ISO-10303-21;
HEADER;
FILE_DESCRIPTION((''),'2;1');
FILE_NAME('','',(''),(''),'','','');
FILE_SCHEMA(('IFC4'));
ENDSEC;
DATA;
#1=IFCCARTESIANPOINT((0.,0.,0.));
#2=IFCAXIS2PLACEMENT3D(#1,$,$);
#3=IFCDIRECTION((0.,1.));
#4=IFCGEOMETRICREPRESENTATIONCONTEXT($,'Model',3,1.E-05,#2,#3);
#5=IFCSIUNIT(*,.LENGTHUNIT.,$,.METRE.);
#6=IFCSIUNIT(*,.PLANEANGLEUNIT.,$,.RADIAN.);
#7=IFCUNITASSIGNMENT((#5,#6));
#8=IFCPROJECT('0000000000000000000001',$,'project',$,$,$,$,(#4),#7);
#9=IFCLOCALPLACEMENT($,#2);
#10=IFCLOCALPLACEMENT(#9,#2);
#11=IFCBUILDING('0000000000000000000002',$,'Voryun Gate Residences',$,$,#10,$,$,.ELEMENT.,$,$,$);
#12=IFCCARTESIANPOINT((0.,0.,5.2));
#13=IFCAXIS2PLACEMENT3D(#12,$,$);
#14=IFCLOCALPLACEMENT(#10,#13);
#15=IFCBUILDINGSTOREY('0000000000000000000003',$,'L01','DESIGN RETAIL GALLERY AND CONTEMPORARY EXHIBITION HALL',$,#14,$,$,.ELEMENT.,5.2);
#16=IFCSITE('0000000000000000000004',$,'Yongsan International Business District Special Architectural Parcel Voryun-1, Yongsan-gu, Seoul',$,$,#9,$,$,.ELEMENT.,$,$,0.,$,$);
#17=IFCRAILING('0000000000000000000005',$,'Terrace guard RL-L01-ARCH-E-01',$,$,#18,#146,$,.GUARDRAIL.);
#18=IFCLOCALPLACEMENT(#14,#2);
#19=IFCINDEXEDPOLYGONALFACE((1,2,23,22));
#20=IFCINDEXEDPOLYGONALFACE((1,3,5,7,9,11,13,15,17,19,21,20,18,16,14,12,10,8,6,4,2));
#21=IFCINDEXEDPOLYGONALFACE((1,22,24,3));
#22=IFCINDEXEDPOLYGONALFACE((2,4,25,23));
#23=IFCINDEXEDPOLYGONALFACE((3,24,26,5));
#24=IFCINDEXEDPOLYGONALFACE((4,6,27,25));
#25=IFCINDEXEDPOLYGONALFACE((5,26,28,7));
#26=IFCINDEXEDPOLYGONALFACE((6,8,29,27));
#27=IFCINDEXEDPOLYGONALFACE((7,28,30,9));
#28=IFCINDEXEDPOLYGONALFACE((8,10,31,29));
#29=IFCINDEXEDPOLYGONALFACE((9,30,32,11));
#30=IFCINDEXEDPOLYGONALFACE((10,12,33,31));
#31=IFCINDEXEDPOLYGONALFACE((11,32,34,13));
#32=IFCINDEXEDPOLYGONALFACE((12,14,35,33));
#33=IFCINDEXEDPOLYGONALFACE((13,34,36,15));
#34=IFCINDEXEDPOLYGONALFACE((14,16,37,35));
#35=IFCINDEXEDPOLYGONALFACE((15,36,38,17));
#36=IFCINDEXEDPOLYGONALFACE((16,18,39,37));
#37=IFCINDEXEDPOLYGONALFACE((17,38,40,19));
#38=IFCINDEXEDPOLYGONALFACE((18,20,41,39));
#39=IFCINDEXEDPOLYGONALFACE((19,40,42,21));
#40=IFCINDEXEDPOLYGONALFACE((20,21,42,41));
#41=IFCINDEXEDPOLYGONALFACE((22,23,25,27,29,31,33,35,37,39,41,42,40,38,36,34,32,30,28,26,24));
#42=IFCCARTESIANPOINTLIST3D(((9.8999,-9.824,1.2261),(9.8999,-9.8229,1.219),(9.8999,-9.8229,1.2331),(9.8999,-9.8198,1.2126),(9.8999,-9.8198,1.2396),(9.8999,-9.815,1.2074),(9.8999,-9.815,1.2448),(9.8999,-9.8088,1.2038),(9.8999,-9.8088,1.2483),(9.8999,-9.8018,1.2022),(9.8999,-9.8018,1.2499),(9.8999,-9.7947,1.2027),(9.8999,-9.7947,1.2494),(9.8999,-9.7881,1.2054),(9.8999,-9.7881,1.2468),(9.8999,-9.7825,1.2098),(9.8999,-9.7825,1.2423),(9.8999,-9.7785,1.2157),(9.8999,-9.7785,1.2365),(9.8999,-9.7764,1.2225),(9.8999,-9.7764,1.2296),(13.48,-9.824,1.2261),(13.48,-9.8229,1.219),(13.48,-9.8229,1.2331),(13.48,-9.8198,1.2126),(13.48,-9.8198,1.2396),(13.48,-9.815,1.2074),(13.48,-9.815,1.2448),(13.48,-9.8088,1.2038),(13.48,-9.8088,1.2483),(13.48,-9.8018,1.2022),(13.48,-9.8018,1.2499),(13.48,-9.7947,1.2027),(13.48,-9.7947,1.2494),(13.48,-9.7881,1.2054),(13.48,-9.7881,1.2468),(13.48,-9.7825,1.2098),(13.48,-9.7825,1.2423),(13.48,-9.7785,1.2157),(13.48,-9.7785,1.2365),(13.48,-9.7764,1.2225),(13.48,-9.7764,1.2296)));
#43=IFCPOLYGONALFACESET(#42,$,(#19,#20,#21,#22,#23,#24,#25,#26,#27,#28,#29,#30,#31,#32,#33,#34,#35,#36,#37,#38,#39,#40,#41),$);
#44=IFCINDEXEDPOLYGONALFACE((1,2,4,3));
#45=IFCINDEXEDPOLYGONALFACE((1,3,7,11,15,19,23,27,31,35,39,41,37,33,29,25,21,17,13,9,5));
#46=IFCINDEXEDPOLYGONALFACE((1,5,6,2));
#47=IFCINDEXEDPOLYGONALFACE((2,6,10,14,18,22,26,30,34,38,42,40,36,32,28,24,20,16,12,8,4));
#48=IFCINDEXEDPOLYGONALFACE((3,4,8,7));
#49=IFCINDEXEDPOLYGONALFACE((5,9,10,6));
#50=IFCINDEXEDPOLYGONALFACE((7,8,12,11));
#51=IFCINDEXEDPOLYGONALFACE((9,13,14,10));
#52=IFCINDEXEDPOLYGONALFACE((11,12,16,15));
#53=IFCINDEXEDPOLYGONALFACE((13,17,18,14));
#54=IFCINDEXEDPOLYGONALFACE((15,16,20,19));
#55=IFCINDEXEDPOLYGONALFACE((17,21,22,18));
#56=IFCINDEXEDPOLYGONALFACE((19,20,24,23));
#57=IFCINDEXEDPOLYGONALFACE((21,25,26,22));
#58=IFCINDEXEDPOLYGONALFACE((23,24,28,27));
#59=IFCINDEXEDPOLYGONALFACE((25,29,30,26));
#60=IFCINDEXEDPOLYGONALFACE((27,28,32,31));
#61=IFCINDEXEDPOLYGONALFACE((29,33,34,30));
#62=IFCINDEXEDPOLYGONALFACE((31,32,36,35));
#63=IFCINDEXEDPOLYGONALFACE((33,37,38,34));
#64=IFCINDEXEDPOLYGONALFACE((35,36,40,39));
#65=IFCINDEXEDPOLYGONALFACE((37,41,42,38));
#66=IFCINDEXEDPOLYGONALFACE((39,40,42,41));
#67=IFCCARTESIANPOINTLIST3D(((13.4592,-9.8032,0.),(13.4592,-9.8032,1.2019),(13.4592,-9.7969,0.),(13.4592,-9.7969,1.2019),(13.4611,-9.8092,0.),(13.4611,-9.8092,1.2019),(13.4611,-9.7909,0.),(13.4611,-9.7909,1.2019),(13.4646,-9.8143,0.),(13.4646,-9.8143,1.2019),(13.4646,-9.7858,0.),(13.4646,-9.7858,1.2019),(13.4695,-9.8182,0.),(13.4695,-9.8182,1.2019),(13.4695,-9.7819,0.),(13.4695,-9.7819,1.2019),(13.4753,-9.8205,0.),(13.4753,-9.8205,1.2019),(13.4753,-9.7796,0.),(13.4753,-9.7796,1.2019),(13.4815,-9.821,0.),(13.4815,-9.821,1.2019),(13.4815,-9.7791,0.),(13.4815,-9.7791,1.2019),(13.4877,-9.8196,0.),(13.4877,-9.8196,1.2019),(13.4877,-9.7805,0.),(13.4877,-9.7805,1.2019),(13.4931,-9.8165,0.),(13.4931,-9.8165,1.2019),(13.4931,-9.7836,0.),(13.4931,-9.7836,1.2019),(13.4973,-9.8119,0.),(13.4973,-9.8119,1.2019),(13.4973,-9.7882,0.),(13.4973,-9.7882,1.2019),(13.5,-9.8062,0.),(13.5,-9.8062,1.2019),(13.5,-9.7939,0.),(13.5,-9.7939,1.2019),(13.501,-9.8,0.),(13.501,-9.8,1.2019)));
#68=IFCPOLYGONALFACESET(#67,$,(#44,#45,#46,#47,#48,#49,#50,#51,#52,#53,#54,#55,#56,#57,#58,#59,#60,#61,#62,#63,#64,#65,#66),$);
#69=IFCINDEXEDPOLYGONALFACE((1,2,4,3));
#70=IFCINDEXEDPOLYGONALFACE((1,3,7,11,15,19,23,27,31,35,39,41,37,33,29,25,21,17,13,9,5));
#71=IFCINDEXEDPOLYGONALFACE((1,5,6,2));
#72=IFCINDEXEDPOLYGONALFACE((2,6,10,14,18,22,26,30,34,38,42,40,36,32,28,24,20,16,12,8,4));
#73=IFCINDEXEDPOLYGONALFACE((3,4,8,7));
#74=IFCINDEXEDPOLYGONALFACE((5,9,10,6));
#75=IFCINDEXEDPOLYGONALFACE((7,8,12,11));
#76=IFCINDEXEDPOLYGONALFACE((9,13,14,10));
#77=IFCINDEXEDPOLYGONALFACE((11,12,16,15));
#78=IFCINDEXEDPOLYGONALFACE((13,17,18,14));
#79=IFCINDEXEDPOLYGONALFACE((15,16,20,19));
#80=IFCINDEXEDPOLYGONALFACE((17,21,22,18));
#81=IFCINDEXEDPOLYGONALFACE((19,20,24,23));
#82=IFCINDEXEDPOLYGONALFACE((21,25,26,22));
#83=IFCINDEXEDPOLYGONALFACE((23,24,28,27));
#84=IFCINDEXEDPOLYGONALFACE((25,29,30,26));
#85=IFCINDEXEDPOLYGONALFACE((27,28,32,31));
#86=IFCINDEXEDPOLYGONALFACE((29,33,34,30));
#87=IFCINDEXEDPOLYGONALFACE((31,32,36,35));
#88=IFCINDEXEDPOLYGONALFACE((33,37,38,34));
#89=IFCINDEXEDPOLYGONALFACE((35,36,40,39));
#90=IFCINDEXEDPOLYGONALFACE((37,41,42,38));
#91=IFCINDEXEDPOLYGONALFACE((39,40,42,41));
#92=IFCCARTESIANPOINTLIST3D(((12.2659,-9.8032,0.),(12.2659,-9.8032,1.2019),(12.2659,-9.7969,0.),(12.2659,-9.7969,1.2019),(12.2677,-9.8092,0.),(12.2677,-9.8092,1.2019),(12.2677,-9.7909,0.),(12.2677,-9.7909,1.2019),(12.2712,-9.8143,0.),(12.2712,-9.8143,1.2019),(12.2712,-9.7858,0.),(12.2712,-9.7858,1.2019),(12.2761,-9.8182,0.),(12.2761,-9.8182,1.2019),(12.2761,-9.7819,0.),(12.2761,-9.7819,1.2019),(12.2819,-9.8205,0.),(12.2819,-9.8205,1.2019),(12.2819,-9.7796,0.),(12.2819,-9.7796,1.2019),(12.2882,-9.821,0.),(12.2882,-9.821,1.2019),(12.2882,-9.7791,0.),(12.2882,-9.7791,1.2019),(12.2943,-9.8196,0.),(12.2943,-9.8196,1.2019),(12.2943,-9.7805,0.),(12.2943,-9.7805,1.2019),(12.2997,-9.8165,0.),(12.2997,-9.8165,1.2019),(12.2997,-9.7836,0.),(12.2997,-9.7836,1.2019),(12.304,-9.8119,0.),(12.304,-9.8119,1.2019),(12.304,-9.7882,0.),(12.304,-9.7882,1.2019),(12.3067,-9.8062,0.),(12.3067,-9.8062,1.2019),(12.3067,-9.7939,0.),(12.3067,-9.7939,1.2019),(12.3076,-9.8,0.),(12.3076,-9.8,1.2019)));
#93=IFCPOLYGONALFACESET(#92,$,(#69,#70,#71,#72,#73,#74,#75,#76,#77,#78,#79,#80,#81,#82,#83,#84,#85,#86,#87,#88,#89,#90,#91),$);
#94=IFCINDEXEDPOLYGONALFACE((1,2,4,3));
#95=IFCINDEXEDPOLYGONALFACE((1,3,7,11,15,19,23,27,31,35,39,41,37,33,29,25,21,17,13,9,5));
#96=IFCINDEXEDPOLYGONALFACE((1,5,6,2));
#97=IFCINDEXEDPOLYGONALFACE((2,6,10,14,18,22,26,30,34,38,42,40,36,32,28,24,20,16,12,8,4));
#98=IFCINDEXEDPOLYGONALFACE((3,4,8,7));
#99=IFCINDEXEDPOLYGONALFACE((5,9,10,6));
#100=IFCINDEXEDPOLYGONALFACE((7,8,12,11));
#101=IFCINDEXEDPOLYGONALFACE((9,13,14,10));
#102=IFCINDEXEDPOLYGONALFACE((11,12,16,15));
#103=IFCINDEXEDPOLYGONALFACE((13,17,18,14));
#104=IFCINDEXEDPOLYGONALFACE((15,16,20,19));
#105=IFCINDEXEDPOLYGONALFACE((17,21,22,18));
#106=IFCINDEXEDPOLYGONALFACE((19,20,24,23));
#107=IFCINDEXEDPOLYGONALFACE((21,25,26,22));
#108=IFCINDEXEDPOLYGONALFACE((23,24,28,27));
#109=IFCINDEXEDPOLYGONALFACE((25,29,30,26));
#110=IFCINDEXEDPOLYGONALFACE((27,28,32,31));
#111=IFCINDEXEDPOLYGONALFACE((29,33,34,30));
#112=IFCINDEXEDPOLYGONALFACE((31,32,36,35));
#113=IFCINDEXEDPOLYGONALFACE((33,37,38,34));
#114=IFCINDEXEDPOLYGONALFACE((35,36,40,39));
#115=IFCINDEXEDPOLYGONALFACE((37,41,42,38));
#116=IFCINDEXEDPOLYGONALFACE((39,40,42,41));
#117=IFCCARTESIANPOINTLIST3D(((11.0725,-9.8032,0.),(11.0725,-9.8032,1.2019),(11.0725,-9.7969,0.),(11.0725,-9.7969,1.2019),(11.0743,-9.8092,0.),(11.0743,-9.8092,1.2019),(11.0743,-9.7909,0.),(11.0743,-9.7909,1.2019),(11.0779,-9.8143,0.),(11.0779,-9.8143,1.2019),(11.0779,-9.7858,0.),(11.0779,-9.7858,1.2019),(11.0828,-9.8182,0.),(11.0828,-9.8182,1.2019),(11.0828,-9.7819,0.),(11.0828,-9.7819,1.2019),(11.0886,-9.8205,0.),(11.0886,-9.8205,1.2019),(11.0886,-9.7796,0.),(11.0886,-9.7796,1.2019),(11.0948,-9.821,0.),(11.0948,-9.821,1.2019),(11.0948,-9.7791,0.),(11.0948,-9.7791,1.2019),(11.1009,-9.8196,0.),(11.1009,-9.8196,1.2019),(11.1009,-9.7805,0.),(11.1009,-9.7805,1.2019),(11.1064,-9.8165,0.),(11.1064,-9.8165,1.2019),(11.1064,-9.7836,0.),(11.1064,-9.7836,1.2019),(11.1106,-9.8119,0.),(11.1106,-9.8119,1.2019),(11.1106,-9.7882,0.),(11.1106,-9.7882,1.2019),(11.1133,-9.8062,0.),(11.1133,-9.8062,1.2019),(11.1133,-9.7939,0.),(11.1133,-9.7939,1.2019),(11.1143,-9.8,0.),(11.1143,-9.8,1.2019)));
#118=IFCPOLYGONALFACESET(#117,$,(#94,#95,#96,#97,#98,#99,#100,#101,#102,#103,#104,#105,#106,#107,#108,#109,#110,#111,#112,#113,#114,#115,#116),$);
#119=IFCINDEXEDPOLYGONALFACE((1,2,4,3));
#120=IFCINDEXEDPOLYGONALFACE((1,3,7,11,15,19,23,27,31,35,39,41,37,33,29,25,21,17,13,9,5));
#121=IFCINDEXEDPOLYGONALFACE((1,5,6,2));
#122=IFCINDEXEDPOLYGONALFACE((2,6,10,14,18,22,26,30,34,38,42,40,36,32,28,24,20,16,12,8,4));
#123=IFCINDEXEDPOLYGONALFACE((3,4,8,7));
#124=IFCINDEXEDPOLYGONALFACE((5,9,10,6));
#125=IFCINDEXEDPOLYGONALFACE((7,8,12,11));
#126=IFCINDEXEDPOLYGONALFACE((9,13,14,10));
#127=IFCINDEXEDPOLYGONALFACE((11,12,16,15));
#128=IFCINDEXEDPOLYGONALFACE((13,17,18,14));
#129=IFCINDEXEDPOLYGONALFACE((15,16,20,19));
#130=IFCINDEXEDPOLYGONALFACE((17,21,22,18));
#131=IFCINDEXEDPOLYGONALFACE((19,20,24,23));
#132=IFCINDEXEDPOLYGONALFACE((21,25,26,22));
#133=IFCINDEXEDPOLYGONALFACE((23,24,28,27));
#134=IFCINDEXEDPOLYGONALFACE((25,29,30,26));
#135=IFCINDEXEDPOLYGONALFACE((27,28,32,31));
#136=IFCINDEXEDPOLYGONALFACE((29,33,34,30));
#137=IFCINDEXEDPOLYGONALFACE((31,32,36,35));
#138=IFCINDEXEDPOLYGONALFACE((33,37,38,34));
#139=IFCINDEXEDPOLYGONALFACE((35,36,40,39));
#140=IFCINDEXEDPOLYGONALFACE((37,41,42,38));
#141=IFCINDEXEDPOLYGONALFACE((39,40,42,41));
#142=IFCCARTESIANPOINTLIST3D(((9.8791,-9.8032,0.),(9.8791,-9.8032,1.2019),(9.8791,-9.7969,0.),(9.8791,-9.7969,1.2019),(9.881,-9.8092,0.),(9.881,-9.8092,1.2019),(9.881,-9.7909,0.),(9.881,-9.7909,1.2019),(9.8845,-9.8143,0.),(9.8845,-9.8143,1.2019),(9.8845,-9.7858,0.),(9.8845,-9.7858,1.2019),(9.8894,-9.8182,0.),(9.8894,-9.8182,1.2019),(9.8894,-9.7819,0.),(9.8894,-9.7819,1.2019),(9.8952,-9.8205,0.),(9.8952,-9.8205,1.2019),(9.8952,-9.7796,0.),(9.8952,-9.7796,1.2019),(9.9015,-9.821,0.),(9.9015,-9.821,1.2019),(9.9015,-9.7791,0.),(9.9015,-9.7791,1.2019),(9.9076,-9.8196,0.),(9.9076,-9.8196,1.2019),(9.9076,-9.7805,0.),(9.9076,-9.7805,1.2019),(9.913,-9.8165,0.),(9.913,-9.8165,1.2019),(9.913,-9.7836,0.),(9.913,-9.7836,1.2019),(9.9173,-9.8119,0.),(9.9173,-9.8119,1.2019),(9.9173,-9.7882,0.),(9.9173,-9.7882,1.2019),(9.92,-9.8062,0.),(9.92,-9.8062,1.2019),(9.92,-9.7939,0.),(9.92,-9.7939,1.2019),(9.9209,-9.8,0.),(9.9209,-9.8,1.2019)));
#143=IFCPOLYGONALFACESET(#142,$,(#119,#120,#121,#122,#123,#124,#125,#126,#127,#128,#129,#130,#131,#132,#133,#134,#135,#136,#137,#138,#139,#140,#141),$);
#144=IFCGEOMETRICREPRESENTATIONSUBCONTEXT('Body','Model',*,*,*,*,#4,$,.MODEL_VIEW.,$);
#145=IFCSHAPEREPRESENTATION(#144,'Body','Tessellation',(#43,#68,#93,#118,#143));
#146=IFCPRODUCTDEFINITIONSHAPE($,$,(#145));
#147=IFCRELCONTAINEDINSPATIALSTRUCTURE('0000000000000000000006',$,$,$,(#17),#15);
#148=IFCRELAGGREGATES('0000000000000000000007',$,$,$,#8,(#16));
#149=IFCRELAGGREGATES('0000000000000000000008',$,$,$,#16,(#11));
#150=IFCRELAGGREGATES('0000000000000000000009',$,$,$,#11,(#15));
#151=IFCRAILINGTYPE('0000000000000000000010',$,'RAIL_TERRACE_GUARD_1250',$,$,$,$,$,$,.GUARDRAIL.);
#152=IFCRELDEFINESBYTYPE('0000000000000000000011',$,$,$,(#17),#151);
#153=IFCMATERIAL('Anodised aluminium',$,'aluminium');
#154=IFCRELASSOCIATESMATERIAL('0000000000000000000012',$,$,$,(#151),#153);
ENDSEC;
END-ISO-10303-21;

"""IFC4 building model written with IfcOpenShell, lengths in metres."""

from ifc_helpers import new_model, si_unit, direction, frame, origin, origin_2d, place, context, subcontext, project, spatial, circle, extrude, material, type_object, element, save


model = new_model("IFC4")

# Units and contexts
model_context = context("Model", 3, precision=1e-05, world=origin(), true_north=direction((0.0, 1.0)))
body_context = subcontext(model_context, "Body", "Model", "MODEL_VIEW")
ifc_project = project(units=[si_unit("LENGTHUNIT", "METRE"), si_unit("PLANEANGLEUNIT", "RADIAN")], contexts=[model_context])

# Site, building, storey
site_placement = place(None, origin())
site = spatial("IfcSite", under=ifc_project, at=site_placement, Name="Yongsan International Business District Special Architectural Parcel Voryun-1, Yongsan-gu, Seoul", CompositionType="ELEMENT", RefElevation=0.0)
building_placement = place(site_placement, origin())
building = spatial("IfcBuilding", under=site, at=building_placement, Name="Voryun Gate Residences", CompositionType="ELEMENT")
storey_placement = place(building_placement, frame((0.0, 0.0, 5.2)))
storey = spatial("IfcBuildingStorey", under=building, at=storey_placement, Name="L01", Description="DESIGN RETAIL GALLERY AND CONTEMPORARY EXHIBITION HALL", CompositionType="ELEMENT", Elevation=5.2)

# Railing
ifc_material_1 = material(Name="Anodised aluminium", Category="aluminium")
railing_type_1 = type_object("IfcRailingType", Name="RAIL_TERRACE_GUARD_1250", PredefinedType="GUARDRAIL", material=ifc_material_1)
railing_1_placement = place(storey_placement, frame((13.48, -9.8, 0.0)))
element("IfcRailing", 1, at=railing_1_placement, inside=storey, type_object=railing_type_1, Name="Terrace guard RL-L01-ARCH-E-01", PredefinedType="GUARDRAIL", context=body_context, shape_type="SweptSolid", body=[
    extrude(circle(Radius=0.0239, at=origin_2d()), frame((0.0, 0.0, 1.2261), z_axis=(-1.0, 0.0, 0.0), x_axis=(0.0, -1.0, 0.0)), (0.0, 0.0, 1.0), 3.5801),
    extrude(circle(Radius=0.021, at=origin_2d()), origin(), (0.0, 0.0, 1.0), 1.2019),
    extrude(circle(Radius=0.021, at=origin_2d()), frame((-1.1934, 0.0, 0.0)), (0.0, 0.0, 1.0), 1.2019),
    extrude(circle(Radius=0.021, at=origin_2d()), frame((-2.3867, 0.0, 0.0)), (0.0, 0.0, 1.0), 1.2019),
    extrude(circle(Radius=0.021, at=origin_2d()), frame((-3.5801, 0.0, 0.0)), (0.0, 0.0, 1.0), 1.2019),
])

save(model, "model.ifc")
